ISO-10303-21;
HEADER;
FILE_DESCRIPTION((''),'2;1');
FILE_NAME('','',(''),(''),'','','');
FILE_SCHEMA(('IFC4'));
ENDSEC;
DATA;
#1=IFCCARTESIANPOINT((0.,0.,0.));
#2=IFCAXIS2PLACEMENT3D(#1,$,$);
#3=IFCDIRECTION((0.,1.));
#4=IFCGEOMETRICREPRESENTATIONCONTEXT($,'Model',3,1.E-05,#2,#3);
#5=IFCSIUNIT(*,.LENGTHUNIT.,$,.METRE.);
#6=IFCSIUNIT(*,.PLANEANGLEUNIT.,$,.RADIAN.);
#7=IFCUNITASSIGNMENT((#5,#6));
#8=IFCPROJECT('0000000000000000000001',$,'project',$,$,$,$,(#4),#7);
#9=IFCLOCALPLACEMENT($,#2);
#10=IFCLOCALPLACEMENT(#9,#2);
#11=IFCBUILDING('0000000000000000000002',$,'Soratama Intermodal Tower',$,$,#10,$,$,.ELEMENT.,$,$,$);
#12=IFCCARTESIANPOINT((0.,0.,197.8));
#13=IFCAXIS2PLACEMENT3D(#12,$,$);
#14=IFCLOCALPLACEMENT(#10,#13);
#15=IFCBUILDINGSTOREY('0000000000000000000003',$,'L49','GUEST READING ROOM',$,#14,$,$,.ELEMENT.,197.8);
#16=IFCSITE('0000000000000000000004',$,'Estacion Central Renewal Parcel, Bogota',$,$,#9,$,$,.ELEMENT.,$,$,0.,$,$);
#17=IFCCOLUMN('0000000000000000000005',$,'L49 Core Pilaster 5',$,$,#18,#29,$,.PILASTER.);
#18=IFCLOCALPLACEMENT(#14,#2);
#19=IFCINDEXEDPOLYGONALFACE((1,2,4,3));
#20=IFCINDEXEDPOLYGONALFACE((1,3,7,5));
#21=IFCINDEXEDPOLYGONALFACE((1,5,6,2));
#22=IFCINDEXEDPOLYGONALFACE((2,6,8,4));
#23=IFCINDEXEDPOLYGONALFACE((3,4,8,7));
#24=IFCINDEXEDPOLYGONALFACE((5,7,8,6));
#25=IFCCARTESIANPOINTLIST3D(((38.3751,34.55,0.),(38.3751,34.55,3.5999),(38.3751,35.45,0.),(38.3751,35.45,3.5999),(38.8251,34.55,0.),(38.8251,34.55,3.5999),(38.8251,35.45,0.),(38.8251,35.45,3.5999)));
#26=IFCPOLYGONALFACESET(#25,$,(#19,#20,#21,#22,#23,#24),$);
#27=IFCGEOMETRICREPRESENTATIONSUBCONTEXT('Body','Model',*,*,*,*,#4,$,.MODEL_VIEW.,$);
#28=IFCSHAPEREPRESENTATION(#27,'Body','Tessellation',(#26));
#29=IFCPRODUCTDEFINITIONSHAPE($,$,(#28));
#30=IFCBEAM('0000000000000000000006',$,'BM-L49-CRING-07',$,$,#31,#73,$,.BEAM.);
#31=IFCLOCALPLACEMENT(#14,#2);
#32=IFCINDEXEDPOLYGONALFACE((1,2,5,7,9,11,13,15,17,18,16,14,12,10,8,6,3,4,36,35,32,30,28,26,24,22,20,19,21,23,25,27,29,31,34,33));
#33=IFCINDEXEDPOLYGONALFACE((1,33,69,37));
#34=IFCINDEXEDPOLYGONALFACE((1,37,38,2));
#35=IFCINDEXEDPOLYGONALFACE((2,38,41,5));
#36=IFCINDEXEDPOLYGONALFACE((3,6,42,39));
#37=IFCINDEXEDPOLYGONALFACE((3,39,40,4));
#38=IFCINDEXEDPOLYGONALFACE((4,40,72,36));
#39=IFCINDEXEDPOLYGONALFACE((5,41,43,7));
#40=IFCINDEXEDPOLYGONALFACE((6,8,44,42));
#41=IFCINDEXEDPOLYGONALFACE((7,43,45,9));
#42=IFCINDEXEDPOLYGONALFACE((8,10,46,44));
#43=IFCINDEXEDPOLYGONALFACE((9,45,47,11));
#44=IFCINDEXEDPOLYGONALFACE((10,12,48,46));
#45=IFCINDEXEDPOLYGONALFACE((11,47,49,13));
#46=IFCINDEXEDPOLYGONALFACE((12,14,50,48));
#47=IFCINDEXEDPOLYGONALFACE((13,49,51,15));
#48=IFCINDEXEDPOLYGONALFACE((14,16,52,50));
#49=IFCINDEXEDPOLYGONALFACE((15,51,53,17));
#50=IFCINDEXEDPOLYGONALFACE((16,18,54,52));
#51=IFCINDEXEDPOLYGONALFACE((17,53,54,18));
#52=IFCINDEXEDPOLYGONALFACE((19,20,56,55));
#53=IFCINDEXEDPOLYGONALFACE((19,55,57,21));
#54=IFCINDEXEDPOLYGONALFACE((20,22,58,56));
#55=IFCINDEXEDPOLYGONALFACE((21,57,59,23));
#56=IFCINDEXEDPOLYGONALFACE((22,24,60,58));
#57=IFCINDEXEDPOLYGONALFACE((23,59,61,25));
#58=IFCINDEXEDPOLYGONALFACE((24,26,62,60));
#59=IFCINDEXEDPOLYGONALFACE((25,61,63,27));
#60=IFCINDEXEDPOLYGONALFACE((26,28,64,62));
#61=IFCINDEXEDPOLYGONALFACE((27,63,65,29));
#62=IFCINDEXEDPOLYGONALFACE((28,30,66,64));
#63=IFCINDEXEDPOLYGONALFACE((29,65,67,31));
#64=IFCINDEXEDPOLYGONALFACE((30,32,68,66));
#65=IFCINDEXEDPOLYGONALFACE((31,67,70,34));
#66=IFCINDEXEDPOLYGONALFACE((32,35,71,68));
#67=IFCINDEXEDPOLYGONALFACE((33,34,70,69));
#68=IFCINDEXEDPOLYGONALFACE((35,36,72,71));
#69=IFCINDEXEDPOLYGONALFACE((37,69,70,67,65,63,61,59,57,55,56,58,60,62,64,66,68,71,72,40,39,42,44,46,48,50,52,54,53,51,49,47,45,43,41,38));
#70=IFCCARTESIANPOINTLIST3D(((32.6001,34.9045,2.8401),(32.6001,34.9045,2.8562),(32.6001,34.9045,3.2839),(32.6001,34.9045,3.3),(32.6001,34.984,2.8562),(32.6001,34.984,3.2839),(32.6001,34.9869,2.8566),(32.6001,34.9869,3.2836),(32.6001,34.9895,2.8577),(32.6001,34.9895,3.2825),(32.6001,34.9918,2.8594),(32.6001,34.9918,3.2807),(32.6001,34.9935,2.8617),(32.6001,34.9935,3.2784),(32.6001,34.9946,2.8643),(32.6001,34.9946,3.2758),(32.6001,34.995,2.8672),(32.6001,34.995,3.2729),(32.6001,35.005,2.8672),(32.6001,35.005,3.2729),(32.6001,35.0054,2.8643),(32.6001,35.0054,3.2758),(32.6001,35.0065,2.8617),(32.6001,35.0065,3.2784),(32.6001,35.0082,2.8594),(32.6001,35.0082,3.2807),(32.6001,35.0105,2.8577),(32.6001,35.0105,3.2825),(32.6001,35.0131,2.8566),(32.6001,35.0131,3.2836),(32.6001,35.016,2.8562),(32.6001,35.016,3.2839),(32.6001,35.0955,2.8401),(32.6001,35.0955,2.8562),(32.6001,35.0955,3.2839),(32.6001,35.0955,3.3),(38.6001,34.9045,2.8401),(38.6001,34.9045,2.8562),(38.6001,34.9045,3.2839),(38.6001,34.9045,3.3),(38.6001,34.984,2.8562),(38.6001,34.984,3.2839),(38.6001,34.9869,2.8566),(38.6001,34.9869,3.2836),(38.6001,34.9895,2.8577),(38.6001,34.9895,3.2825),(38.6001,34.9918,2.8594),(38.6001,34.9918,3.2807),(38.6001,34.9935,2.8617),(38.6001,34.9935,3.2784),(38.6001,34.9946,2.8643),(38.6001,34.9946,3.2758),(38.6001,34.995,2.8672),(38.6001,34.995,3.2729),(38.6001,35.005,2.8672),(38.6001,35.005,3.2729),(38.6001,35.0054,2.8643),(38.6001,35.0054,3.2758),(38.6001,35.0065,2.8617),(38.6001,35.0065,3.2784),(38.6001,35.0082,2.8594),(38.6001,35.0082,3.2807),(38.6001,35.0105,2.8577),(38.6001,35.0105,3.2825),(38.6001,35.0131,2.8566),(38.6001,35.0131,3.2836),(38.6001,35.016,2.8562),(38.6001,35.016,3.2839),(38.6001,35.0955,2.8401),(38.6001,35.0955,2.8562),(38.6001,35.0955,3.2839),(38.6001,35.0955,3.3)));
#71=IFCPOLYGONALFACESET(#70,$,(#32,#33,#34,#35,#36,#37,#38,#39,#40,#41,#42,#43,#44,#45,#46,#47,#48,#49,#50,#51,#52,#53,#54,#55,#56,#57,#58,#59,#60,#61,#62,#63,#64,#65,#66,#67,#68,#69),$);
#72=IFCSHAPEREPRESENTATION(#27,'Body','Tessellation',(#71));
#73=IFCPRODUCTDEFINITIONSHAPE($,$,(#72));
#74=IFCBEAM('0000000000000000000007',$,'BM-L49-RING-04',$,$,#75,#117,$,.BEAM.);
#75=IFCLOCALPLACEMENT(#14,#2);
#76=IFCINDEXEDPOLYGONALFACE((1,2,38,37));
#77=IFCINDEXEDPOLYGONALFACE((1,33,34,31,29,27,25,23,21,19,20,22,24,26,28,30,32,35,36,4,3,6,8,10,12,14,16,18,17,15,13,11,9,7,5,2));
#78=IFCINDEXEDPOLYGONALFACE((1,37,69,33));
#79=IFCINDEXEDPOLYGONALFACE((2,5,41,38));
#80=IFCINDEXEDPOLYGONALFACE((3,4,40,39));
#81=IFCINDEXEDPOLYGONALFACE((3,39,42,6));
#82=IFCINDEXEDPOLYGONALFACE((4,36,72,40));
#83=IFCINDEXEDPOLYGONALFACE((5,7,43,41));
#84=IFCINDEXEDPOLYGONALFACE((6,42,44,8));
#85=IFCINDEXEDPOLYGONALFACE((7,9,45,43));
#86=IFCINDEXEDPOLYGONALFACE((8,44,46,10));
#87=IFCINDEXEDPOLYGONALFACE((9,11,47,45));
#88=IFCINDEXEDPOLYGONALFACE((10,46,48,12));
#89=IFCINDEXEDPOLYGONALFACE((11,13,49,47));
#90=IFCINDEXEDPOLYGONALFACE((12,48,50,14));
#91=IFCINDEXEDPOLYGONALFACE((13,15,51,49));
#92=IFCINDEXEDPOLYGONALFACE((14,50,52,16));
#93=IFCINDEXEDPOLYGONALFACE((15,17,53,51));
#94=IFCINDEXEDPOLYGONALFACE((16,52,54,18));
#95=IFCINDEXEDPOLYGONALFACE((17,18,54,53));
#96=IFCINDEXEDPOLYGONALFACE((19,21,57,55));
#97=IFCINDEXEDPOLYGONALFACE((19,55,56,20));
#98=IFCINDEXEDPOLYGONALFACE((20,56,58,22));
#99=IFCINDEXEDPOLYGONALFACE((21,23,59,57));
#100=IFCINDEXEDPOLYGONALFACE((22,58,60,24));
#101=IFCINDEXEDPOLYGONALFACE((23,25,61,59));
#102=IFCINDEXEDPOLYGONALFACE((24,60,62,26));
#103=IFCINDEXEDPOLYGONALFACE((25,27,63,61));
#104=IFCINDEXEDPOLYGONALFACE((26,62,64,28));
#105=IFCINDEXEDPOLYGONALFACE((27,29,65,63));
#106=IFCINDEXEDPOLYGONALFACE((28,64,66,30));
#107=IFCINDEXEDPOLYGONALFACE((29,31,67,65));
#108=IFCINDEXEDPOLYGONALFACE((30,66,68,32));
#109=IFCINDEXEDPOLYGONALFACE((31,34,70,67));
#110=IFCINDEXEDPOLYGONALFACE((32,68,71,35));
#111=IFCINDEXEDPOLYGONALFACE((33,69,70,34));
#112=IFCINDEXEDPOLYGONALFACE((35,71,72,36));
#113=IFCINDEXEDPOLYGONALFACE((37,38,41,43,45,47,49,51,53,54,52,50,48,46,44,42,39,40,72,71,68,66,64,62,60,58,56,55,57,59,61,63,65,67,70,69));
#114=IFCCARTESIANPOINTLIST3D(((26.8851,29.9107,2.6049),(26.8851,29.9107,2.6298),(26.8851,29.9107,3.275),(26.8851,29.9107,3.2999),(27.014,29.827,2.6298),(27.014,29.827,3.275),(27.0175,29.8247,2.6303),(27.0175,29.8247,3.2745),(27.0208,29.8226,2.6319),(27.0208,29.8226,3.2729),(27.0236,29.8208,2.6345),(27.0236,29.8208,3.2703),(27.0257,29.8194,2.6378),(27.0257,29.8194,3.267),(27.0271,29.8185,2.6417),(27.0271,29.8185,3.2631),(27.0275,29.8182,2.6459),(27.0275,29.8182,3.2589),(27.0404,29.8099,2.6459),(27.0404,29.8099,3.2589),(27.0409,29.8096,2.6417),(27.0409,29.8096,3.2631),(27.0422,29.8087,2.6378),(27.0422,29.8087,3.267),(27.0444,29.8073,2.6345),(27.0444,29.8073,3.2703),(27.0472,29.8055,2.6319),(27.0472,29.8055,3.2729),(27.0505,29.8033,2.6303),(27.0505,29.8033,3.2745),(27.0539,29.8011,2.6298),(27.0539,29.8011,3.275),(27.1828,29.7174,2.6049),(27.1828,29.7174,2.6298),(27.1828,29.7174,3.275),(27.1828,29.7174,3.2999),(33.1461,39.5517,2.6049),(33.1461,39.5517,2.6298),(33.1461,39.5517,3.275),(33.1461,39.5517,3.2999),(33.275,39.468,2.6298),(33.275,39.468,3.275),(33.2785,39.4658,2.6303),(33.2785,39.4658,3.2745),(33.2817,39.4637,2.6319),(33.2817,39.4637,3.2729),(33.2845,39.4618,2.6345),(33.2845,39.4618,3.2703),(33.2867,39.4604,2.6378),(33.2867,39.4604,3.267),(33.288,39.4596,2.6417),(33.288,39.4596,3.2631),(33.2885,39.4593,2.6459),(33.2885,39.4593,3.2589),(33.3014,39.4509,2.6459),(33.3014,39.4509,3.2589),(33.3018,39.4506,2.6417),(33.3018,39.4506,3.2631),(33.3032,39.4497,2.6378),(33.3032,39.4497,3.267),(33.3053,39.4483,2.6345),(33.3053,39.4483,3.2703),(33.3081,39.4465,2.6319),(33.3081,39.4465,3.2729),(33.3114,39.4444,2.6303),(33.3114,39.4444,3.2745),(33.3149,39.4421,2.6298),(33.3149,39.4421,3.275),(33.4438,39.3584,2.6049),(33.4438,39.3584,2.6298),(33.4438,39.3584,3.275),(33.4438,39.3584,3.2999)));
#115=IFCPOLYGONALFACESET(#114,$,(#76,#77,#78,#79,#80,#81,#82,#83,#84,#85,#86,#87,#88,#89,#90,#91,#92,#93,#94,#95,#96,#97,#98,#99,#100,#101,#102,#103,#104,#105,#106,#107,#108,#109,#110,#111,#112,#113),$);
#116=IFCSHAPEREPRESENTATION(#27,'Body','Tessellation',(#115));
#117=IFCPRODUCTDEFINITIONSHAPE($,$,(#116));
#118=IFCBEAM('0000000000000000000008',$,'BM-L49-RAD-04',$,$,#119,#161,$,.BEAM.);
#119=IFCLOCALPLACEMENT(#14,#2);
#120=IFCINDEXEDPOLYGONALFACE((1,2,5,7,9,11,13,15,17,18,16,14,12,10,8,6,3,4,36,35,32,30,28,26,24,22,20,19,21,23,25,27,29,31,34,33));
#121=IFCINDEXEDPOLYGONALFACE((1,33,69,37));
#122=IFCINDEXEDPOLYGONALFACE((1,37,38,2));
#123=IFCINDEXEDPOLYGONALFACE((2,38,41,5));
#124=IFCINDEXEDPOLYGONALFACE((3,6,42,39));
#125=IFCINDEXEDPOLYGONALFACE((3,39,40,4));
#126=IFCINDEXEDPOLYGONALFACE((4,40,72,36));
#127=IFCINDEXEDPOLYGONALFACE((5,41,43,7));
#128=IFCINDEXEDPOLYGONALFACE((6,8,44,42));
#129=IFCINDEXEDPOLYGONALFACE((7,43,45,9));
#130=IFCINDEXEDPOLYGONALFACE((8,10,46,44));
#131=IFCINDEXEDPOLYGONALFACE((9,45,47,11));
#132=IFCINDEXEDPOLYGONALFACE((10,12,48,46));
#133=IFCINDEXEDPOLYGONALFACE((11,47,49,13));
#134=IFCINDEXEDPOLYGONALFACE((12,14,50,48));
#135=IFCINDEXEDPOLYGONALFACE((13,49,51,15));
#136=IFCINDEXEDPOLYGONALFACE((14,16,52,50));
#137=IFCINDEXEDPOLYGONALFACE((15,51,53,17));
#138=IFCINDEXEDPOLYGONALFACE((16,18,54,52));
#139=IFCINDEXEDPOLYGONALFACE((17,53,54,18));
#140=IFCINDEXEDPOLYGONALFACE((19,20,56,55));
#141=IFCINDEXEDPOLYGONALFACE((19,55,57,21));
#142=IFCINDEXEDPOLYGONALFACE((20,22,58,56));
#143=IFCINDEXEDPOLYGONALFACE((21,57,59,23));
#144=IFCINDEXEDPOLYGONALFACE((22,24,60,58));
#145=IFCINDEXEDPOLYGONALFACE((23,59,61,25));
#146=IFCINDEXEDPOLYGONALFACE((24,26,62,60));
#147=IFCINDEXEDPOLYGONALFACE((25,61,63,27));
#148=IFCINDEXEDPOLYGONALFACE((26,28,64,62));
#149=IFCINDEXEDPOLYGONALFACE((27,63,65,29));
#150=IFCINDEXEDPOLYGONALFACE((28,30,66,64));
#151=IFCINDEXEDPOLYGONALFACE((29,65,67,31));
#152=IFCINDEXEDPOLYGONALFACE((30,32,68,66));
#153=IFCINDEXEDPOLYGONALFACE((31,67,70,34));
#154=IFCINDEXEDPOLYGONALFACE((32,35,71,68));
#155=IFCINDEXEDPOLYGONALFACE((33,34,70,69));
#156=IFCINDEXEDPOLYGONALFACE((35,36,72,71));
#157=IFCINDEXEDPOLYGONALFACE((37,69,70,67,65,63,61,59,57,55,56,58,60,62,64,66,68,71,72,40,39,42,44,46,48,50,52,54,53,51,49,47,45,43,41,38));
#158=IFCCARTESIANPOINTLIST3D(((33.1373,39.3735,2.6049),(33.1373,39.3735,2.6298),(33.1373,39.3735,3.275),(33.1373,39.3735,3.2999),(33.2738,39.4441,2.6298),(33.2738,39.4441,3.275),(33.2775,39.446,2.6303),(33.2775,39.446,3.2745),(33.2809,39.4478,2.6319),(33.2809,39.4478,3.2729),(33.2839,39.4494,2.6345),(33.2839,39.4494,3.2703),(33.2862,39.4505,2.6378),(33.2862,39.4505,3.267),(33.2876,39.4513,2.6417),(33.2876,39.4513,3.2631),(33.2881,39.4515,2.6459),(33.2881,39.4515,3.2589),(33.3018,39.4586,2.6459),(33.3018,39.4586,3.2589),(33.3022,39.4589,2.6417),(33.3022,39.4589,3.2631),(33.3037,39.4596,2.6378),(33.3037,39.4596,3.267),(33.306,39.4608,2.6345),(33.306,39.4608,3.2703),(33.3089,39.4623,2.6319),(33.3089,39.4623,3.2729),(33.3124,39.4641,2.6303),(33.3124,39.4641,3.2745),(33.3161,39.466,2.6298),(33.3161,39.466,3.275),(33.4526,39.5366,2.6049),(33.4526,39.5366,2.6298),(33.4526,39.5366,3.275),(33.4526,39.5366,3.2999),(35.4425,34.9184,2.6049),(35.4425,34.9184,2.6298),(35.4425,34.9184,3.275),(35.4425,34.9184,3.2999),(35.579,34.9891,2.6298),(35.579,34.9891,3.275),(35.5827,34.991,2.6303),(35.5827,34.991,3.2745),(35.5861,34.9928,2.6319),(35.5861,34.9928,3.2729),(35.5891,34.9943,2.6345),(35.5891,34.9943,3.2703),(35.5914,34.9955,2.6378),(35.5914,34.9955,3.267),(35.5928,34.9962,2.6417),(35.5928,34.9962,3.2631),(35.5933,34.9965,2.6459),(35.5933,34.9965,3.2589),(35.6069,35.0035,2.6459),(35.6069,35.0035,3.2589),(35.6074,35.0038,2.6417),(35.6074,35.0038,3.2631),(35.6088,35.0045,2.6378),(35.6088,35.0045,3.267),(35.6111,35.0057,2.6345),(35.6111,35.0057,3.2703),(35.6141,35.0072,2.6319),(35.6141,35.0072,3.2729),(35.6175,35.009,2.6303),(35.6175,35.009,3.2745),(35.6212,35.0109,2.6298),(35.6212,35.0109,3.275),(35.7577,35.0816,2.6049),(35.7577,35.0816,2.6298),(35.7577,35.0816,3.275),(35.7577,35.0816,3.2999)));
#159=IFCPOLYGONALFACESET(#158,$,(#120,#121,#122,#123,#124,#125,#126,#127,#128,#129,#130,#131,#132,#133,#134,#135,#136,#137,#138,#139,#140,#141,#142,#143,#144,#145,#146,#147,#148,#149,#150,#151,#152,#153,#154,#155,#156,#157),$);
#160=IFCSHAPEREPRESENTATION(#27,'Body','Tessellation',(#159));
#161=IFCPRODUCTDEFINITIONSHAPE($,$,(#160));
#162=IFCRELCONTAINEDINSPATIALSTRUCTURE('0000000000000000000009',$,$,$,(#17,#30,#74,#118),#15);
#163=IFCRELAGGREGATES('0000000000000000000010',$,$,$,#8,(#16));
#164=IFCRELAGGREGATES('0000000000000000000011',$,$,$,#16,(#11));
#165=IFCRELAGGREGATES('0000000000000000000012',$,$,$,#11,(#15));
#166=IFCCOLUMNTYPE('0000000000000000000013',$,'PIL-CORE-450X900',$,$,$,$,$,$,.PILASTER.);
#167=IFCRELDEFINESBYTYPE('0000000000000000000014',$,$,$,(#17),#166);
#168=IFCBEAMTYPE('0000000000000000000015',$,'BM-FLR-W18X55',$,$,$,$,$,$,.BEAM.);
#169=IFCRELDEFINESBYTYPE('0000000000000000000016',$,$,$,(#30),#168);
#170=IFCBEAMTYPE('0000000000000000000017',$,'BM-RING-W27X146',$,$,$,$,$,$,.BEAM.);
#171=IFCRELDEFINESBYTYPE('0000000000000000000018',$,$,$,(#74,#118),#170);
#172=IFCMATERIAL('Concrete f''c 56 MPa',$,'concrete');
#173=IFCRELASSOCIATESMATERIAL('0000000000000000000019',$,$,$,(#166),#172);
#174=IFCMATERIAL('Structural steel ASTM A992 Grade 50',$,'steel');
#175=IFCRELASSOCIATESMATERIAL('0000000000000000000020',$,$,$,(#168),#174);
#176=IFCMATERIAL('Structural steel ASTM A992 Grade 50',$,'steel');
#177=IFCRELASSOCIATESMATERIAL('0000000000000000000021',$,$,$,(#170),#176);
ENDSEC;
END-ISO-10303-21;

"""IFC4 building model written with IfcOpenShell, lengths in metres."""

from ifc_helpers import new_model, si_unit, direction, frame, origin, origin_2d, place, context, subcontext, project, spatial, rectangle, i_section, extrude, material, material_profile, profile_set, type_object, element, save


model = new_model("IFC4")

# Units and contexts
model_context = context("Model", 3, precision=1e-05, world=origin(), true_north=direction((0.0, 1.0)))
body_context = subcontext(model_context, "Body", "Model", "MODEL_VIEW")
ifc_project = project(units=[si_unit("LENGTHUNIT", "METRE"), si_unit("PLANEANGLEUNIT", "RADIAN")], contexts=[model_context])

# Site, building, storey
site_placement = place(None, origin())
site = spatial("IfcSite", under=ifc_project, at=site_placement, Name="Estacion Central Renewal Parcel, Bogota", CompositionType="ELEMENT", RefElevation=0.0)
building_placement = place(site_placement, origin())
building = spatial("IfcBuilding", under=site, at=building_placement, Name="Soratama Intermodal Tower", CompositionType="ELEMENT")
storey_placement = place(building_placement, frame((0.0, 0.0, 197.8)))
storey = spatial("IfcBuildingStorey", under=building, at=storey_placement, Name="L49", Description="GUEST READING ROOM", CompositionType="ELEMENT", Elevation=197.8)

# Column
ifc_material_1 = material(Name="Concrete f'c 56 MPa", Category="concrete")
ifc_material_profile_1 = material_profile(ifc_material_1, rectangle(XDim=0.45, YDim=0.8999, at=origin_2d()), Name="RC450X900")
ifc_profile_set_1 = profile_set([ifc_material_profile_1], Name="Concrete f'c 56 MPa")
column_type = type_object("IfcColumnType", Name="PIL-CORE-450X900", PredefinedType="PILASTER", material=ifc_profile_set_1)
column_placement = place(storey_placement, frame((38.6001, 35.0, 0.0), z_axis=(0.0, 0.0, 1.0), x_axis=(1.0, 0.0, 0.0)))
element("IfcColumn", 1, at=column_placement, inside=storey, type_object=column_type, Name="L49 Core Pilaster 5", PredefinedType="PILASTER", context=body_context, shape_type="SweptSolid", body=[
    extrude(rectangle(XDim=0.45, YDim=0.8999, at=origin_2d()), origin(), (0.0, 0.0, 1.0), 3.5999),
])

# Beams
ifc_material_2 = material(Name="Structural steel ASTM A992 Grade 50", Category="steel")
ifc_material_profile_2 = material_profile(ifc_material_2, i_section(OverallWidth=0.1909, OverallDepth=0.46, WebThickness=0.01, FlangeThickness=0.0161, FilletRadius=0.011, at=origin_2d()), Name="W18X55")
ifc_profile_set_2 = profile_set([ifc_material_profile_2], Name="Structural steel ASTM A992 Grade 50")
beam_type_1 = type_object("IfcBeamType", Name="BM-FLR-W18X55", PredefinedType="BEAM", material=ifc_profile_set_2)
beam_1_placement = place(storey_placement, frame((38.6001, 35.0, 3.0701), z_axis=(-1.0, 0.0, 0.0), x_axis=(0.0, -1.0, 0.0)))
element("IfcBeam", 2, at=beam_1_placement, inside=storey, type_object=beam_type_1, Name="BM-L49-CRING-07", PredefinedType="BEAM", context=body_context, shape_type="SweptSolid", body=[
    extrude(i_section(OverallWidth=0.1909, OverallDepth=0.46, WebThickness=0.01, FlangeThickness=0.0161, FilletRadius=0.011, at=origin_2d()), origin(), (0.0, 0.0, 1.0), 6.0),
])
ifc_material_3 = material(Name="Structural steel ASTM A992 Grade 50", Category="steel")
ifc_material_profile_3 = material_profile(ifc_material_3, i_section(OverallWidth=0.355, OverallDepth=0.6951, WebThickness=0.0154, FlangeThickness=0.0249, FilletRadius=0.0161, at=origin_2d()), Name="W27X146")
ifc_profile_set_3 = profile_set([ifc_material_profile_3], Name="Structural steel ASTM A992 Grade 50")
beam_type_2 = type_object("IfcBeamType", Name="BM-RING-W27X146", PredefinedType="BEAM", material=ifc_profile_set_3)
beam_2_placement = place(storey_placement, frame((33.2949, 39.4551, 2.9524), z_axis=(-0.544637, -0.838672, 0.0), x_axis=(0.838672, -0.544637, 0.0)))
element("IfcBeam", 3, at=beam_2_placement, inside=storey, type_object=beam_type_2, Name="BM-L49-RING-04", PredefinedType="BEAM", context=body_context, shape_type="SweptSolid", body=[
    extrude(i_section(OverallWidth=0.355, OverallDepth=0.6951, WebThickness=0.0154, FlangeThickness=0.0249, FilletRadius=0.0161, at=origin_2d()), origin(), (0.0, 0.0, 1.0), 11.4956),
])
beam_3_placement = place(storey_placement, frame((35.6001, 35.0, 2.9524), z_axis=(-0.459553, 0.888151, 0.0), x_axis=(-0.888151, -0.459553, 0.0)))
element("IfcBeam", 4, at=beam_3_placement, inside=storey, type_object=beam_type_2, Name="BM-L49-RAD-04", PredefinedType="BEAM", context=body_context, shape_type="SweptSolid", body=[
    extrude(i_section(OverallWidth=0.355, OverallDepth=0.6951, WebThickness=0.0154, FlangeThickness=0.0249, FilletRadius=0.0161, at=origin_2d()), origin(), (0.0, 0.0, 1.0), 5.0161),
])

save(model, "model.ifc")
